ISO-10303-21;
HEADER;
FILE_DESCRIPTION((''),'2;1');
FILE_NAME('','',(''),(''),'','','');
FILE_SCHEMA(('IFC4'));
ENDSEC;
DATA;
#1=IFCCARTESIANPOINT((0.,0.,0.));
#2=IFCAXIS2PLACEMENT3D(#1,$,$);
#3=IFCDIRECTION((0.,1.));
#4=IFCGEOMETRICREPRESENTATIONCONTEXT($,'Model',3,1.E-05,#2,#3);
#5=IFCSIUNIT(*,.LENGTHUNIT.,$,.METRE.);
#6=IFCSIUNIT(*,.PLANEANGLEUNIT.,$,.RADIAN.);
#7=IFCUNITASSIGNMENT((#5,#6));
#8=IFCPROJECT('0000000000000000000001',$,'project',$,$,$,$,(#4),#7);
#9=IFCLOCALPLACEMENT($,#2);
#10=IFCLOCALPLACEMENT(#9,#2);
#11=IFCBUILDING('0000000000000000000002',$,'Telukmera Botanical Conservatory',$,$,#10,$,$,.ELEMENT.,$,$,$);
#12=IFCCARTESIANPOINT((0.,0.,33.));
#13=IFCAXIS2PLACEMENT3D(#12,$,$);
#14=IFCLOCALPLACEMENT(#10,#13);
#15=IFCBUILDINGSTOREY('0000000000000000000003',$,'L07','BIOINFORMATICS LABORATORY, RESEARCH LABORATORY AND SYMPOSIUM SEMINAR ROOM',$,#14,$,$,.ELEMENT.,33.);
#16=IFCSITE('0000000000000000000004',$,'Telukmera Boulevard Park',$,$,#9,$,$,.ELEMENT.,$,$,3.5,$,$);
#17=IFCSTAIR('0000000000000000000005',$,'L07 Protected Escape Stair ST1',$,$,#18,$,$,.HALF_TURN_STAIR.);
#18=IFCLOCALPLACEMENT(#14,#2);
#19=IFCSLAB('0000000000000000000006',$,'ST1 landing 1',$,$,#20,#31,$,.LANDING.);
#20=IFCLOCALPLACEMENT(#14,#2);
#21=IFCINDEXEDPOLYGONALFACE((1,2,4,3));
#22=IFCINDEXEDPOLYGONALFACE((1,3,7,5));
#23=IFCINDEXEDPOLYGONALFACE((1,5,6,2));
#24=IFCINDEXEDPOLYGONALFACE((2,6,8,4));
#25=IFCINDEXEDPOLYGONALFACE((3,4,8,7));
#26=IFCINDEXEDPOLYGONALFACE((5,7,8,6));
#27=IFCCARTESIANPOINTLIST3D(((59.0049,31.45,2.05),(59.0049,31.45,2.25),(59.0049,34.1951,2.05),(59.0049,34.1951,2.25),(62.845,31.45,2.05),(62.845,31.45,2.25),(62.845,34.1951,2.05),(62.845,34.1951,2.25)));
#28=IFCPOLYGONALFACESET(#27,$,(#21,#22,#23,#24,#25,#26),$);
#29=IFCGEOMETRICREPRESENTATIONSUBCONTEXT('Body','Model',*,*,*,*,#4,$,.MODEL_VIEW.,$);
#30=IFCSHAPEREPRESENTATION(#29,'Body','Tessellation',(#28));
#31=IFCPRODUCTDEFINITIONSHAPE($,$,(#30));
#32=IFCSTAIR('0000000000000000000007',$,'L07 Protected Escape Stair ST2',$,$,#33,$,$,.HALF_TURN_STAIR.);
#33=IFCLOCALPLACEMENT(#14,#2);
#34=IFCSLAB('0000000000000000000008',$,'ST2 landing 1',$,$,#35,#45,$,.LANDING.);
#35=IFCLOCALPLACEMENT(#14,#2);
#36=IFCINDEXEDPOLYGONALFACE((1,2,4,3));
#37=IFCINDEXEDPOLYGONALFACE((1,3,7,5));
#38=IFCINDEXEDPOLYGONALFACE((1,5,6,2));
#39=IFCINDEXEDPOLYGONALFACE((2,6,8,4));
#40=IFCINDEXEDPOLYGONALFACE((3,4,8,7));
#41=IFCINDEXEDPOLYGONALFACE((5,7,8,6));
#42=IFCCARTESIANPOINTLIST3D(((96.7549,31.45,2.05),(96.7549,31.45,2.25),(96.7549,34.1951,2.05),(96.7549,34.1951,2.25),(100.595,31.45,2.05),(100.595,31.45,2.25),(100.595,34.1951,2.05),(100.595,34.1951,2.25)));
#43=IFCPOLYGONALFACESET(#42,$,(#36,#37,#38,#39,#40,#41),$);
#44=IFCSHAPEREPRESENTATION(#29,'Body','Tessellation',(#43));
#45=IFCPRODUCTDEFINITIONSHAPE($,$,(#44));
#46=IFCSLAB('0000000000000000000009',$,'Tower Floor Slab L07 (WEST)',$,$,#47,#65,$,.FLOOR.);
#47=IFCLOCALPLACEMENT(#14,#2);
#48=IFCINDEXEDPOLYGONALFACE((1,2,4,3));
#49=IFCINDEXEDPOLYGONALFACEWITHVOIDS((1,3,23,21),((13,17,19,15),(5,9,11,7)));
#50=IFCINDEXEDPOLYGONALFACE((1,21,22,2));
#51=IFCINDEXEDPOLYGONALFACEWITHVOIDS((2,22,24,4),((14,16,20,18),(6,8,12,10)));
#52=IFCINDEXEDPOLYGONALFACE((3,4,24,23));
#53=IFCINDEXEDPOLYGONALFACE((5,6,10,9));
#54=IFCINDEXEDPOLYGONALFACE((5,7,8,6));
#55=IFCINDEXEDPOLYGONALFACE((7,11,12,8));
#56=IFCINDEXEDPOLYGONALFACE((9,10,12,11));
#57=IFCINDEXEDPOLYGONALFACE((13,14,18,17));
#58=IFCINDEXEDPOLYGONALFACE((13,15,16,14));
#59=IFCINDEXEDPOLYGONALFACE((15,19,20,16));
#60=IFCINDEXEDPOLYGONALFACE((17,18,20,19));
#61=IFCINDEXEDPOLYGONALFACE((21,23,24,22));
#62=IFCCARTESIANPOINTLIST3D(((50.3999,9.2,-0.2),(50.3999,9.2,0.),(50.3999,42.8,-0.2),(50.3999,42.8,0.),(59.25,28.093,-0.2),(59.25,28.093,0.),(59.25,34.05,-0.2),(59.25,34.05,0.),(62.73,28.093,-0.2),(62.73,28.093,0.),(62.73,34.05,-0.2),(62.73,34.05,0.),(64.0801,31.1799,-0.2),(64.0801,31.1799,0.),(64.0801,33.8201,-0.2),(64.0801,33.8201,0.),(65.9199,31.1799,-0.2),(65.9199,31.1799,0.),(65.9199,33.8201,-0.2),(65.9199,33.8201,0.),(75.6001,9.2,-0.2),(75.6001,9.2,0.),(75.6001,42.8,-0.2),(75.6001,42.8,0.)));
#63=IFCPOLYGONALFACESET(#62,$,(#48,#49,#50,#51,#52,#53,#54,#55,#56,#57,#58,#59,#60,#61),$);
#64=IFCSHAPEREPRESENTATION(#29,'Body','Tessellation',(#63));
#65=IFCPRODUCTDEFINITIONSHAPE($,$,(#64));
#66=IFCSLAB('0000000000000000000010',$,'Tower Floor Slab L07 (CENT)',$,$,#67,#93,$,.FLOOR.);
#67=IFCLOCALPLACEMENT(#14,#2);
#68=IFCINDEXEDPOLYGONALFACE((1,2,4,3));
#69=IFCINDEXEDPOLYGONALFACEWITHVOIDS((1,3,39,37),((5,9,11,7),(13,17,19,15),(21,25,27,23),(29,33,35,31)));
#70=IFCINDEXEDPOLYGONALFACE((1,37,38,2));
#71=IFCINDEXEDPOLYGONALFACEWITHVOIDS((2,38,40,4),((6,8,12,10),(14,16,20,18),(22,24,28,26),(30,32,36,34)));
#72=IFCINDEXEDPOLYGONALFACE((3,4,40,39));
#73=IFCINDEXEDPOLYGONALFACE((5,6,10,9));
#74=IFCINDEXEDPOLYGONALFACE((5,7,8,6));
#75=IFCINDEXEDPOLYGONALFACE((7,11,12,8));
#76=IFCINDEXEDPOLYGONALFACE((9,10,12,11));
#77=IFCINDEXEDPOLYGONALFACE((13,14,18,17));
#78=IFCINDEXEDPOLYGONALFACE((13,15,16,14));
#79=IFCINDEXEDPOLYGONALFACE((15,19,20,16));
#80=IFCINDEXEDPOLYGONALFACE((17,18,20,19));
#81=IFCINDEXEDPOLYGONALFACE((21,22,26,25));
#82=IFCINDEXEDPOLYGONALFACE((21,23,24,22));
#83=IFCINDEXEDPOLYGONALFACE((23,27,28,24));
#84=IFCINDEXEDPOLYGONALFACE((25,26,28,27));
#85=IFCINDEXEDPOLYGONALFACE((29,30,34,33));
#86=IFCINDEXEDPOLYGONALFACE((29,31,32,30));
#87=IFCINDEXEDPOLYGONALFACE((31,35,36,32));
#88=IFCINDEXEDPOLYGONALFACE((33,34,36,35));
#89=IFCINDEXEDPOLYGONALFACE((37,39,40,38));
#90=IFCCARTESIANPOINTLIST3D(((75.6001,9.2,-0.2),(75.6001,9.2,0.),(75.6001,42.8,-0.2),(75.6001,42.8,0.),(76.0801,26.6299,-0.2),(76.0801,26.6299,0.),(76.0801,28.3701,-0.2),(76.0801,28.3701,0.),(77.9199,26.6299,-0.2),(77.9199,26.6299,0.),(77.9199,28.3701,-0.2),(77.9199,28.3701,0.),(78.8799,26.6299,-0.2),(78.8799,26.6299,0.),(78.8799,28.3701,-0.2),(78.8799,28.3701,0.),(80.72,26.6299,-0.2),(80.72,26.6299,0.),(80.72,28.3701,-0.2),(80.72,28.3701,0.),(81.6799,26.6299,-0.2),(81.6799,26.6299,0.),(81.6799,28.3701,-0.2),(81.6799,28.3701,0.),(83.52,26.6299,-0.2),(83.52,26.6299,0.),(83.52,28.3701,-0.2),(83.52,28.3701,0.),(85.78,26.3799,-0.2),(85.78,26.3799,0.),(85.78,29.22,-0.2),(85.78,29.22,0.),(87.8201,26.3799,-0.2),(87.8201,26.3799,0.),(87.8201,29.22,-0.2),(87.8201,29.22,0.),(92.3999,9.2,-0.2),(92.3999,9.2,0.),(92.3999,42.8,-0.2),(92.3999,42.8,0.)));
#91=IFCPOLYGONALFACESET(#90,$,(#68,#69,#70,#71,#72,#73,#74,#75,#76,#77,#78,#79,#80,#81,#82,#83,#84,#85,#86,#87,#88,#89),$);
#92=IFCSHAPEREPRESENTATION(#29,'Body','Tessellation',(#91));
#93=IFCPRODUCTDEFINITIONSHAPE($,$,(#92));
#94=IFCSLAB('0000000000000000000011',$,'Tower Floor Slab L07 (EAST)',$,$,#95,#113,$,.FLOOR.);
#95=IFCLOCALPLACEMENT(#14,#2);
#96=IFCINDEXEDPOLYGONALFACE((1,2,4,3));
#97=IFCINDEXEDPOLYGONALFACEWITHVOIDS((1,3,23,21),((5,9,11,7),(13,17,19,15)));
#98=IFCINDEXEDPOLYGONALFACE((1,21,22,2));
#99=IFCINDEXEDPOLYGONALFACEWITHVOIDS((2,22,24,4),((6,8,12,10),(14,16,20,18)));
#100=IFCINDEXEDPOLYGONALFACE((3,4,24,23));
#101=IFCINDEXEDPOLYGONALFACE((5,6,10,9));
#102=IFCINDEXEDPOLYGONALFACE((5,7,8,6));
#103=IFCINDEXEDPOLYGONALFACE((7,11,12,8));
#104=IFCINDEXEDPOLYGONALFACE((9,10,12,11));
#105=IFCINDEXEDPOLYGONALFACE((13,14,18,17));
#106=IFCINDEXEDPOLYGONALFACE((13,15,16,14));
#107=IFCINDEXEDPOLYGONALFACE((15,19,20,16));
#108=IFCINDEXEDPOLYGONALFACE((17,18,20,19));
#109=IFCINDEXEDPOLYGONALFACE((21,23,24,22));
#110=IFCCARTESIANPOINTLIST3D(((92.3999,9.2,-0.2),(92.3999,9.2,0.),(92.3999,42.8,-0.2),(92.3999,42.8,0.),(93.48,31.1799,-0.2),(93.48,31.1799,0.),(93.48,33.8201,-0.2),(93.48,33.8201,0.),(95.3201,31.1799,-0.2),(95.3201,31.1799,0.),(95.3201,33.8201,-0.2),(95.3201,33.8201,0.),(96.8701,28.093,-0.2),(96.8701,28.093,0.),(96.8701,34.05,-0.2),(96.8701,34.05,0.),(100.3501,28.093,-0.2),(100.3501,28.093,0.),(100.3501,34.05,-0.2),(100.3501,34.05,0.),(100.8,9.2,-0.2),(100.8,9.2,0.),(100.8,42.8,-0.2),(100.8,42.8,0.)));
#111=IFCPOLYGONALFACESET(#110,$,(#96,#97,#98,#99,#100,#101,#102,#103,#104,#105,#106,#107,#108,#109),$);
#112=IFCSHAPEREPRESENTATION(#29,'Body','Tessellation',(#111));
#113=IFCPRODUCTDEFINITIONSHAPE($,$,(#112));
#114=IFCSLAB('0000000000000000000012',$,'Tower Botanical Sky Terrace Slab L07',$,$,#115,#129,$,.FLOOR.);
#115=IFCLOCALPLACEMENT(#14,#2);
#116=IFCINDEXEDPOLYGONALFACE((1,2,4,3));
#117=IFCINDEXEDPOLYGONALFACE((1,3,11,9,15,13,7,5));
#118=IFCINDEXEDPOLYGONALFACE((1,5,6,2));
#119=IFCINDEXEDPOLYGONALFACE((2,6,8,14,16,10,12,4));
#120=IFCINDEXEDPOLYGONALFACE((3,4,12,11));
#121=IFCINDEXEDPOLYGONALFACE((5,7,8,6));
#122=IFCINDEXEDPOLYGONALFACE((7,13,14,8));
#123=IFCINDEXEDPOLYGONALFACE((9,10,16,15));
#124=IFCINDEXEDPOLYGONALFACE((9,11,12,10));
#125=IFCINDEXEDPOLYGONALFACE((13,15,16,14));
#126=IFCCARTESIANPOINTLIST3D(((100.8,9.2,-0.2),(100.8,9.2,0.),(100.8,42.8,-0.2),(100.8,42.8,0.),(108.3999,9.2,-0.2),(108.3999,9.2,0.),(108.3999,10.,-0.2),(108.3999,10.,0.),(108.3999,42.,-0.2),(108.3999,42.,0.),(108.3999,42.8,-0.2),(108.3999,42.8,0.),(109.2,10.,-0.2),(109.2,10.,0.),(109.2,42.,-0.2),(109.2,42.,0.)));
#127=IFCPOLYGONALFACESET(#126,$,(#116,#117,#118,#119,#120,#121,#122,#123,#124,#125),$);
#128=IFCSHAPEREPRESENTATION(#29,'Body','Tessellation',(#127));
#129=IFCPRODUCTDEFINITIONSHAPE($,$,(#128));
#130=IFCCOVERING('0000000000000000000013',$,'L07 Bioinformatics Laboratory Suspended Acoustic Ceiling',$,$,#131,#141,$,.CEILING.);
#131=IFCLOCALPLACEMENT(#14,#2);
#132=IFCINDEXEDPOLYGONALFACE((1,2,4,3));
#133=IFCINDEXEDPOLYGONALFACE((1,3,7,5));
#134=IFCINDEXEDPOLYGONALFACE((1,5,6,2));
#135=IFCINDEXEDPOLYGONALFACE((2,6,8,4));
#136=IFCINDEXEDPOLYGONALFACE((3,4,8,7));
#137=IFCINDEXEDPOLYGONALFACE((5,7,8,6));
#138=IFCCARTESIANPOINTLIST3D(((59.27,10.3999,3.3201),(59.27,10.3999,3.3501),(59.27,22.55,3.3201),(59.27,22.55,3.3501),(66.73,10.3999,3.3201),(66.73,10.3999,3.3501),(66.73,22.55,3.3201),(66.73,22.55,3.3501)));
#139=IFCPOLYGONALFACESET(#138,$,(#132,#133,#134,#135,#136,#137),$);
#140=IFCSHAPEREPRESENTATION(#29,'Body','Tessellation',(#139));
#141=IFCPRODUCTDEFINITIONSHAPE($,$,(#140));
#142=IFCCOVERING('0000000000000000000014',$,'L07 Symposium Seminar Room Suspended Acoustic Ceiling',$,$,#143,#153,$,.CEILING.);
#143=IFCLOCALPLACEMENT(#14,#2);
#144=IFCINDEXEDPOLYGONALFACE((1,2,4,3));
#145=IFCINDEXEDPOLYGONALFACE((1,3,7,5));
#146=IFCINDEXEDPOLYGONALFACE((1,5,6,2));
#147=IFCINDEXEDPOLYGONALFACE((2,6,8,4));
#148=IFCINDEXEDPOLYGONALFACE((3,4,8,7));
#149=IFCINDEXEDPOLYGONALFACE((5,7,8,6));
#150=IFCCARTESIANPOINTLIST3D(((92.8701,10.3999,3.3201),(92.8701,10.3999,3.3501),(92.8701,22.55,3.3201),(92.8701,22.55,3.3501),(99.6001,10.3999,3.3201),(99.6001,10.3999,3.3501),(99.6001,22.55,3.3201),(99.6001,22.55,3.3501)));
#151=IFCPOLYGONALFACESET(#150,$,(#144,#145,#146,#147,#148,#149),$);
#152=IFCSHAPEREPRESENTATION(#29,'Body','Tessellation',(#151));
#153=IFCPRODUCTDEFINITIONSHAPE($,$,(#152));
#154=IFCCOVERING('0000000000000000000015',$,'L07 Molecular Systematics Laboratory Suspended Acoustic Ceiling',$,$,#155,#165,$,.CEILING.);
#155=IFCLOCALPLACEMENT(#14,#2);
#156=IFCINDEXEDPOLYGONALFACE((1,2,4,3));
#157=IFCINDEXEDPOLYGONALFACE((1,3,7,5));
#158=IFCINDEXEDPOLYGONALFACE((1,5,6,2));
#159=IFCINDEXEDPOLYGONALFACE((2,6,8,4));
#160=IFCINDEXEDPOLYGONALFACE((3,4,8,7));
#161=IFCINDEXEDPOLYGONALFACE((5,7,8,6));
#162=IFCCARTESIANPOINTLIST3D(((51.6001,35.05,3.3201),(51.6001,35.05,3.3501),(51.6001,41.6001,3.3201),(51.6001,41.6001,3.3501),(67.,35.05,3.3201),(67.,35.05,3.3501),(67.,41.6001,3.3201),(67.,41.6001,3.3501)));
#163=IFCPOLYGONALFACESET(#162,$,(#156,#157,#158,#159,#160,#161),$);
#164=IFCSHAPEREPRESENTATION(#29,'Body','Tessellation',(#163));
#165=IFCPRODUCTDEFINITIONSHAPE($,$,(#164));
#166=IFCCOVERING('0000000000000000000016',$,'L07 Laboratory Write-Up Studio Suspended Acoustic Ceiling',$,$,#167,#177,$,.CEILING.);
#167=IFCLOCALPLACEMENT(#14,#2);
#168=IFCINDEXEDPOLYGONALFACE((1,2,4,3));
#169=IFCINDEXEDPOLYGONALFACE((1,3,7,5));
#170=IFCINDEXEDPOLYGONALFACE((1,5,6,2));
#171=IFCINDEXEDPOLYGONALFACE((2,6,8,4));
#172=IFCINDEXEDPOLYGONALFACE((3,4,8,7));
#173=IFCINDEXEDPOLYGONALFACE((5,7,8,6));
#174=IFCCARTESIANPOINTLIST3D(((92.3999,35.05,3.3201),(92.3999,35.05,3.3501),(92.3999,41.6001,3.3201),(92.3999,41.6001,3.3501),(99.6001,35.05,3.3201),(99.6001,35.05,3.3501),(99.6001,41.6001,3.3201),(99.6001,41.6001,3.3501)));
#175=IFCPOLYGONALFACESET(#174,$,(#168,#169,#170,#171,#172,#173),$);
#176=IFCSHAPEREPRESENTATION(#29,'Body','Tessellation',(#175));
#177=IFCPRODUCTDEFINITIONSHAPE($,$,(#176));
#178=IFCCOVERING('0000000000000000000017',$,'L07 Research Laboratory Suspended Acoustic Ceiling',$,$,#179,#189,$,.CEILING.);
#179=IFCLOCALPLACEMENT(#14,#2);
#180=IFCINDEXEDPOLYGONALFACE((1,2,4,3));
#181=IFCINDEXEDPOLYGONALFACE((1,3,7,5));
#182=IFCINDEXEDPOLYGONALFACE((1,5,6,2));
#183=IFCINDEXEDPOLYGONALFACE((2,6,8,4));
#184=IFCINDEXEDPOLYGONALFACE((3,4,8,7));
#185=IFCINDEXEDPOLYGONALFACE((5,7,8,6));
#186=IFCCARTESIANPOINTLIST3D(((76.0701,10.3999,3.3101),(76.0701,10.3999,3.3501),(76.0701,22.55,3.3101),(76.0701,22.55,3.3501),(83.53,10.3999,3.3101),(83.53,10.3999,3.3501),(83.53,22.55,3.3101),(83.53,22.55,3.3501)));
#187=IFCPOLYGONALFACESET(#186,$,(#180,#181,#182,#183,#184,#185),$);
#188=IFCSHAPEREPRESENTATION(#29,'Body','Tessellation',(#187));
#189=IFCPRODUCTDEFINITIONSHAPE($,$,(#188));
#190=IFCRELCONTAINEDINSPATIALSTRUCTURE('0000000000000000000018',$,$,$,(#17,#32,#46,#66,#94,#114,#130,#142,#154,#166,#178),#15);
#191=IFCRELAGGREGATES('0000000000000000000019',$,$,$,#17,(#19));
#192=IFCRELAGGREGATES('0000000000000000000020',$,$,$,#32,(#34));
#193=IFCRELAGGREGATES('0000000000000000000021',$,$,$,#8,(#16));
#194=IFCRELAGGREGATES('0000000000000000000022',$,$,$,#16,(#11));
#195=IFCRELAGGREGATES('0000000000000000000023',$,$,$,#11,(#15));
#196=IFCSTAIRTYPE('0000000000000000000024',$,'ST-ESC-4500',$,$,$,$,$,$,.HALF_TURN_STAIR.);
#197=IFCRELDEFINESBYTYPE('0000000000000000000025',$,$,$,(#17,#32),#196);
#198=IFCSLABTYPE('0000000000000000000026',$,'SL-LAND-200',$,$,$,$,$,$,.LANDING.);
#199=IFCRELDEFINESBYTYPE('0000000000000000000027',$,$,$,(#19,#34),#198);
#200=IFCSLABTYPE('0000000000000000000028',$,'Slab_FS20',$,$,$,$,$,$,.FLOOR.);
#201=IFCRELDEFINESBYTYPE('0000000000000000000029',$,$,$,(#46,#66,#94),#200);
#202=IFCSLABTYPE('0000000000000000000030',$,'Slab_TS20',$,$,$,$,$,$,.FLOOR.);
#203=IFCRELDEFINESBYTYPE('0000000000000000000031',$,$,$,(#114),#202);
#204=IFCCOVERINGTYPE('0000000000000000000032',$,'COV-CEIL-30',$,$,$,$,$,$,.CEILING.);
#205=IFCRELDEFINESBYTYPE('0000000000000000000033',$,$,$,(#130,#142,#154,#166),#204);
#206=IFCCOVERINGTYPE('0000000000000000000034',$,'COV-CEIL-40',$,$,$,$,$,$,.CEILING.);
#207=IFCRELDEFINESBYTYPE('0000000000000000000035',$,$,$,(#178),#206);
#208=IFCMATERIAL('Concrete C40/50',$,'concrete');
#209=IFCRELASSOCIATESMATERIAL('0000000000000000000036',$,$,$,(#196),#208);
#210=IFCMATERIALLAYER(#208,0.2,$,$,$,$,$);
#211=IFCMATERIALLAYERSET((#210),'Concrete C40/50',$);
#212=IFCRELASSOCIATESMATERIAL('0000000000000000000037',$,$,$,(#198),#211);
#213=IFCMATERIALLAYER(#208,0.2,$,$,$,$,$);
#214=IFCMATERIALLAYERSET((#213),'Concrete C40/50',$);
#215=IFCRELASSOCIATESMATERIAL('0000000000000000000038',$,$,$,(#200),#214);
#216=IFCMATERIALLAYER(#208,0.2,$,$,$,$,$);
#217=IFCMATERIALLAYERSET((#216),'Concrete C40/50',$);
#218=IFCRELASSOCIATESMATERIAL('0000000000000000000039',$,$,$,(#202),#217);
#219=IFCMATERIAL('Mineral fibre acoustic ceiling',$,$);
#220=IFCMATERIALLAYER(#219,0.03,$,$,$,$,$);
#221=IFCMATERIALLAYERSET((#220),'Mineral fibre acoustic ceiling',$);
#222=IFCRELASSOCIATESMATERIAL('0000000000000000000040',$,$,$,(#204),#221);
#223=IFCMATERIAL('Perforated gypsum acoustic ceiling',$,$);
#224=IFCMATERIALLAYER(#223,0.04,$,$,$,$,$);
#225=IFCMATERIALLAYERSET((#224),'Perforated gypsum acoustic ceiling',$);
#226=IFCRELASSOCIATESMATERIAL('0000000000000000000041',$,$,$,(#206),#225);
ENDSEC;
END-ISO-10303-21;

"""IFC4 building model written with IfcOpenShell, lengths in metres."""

from ifc_helpers import new_model, si_unit, direction, frame, origin, place, context, subcontext, project, spatial, polyline, outline, extrude, material, layer, layer_set, type_object, element, aggregate, save


model = new_model("IFC4")

# Units and contexts
model_context = context("Model", 3, precision=1e-05, world=origin(), true_north=direction((0.0, 1.0)))
body_context = subcontext(model_context, "Body", "Model", "MODEL_VIEW")
ifc_project = project(units=[si_unit("LENGTHUNIT", "METRE"), si_unit("PLANEANGLEUNIT", "RADIAN")], contexts=[model_context])

# Site, building, storey
site_placement = place(None, origin())
site = spatial("IfcSite", under=ifc_project, at=site_placement, Name="Telukmera Boulevard Park", CompositionType="ELEMENT", RefElevation=3.5)
building_placement = place(site_placement, origin())
building = spatial("IfcBuilding", under=site, at=building_placement, Name="Telukmera Botanical Conservatory", CompositionType="ELEMENT")
storey_placement = place(building_placement, frame((0.0, 0.0, 33.0)))
storey = spatial("IfcBuildingStorey", under=building, at=storey_placement, Name="L07", Description="BIOINFORMATICS LABORATORY, RESEARCH LABORATORY AND SYMPOSIUM SEMINAR ROOM", CompositionType="ELEMENT", Elevation=33.0)

# Stairs, slabs
ifc_material_1 = material(Name="Concrete C40/50", Category="concrete")
stair_type = type_object("IfcStairType", Name="ST-ESC-4500", PredefinedType="HALF_TURN_STAIR", material=ifc_material_1)
stair_1_placement = place(storey_placement, origin())
stair_1 = element("IfcStair", 1, at=stair_1_placement, inside=storey, type_object=stair_type, Name="L07 Protected Escape Stair ST1", PredefinedType="HALF_TURN_STAIR")
ifc_layer_1 = layer(ifc_material_1, 0.2)
ifc_layer_set_1 = layer_set([ifc_layer_1], Name="Concrete C40/50")
slab_type_1 = type_object("IfcSlabType", Name="SL-LAND-200", PredefinedType="LANDING", material=ifc_layer_set_1)
slab_1_placement = place(storey_placement, frame((0.0, 0.0, 2.05)))
slab_1 = element("IfcSlab", 2, at=slab_1_placement, type_object=slab_type_1, Name="ST1 landing 1", PredefinedType="LANDING", context=body_context, shape_type="SweptSolid", body=[
    extrude(outline(polyline([(59.0049, 31.45), (62.845, 31.45), (62.845, 34.1951), (59.0049, 34.1951), (59.0049, 31.45)])), origin(), (0.0, 0.0, 1.0), 0.2),
])
aggregate(stair_1, [slab_1])
stair_2_placement = place(storey_placement, origin())
stair_2 = element("IfcStair", 3, at=stair_2_placement, inside=storey, type_object=stair_type, Name="L07 Protected Escape Stair ST2", PredefinedType="HALF_TURN_STAIR")
slab_2_placement = place(storey_placement, frame((0.0, 0.0, 2.05)))
slab_2 = element("IfcSlab", 4, at=slab_2_placement, type_object=slab_type_1, Name="ST2 landing 1", PredefinedType="LANDING", context=body_context, shape_type="SweptSolid", body=[
    extrude(outline(polyline([(96.7549, 31.45), (100.595, 31.45), (100.595, 34.1951), (96.7549, 34.1951), (96.7549, 31.45)])), origin(), (0.0, 0.0, 1.0), 0.2),
])
aggregate(stair_2, [slab_2])

# Slabs
ifc_layer_2 = layer(ifc_material_1, 0.2)
ifc_layer_set_2 = layer_set([ifc_layer_2], Name="Concrete C40/50")
slab_type_2 = type_object("IfcSlabType", Name="Slab_FS20", PredefinedType="FLOOR", material=ifc_layer_set_2)
slab_3_placement = place(storey_placement, frame((0.0, 0.0, -0.2)))
element("IfcSlab", 5, at=slab_3_placement, inside=storey, type_object=slab_type_2, Name="Tower Floor Slab L07 (WEST)", PredefinedType="FLOOR", context=body_context, shape_type="SweptSolid", body=[
    extrude(outline(polyline([(50.3999, 9.2), (75.6001, 9.2), (75.6001, 42.8), (50.3999, 42.8), (50.3999, 9.2)]), holes=[polyline([(62.73, 28.093), (62.73, 34.05), (59.25, 34.05), (59.25, 28.093), (62.73, 28.093)]), polyline([(64.0801, 31.1799), (65.9199, 31.1799), (65.9199, 33.8201), (64.0801, 33.8201), (64.0801, 31.1799)])]), origin(), (0.0, 0.0, 1.0), 0.2),
])
slab_4_placement = place(storey_placement, frame((0.0, 0.0, -0.2)))
element("IfcSlab", 6, at=slab_4_placement, inside=storey, type_object=slab_type_2, Name="Tower Floor Slab L07 (CENT)", PredefinedType="FLOOR", context=body_context, shape_type="SweptSolid", body=[
    extrude(outline(polyline([(75.6001, 9.2), (92.3999, 9.2), (92.3999, 42.8), (75.6001, 42.8), (75.6001, 9.2)]), holes=[polyline([(85.78, 26.3799), (87.8201, 26.3799), (87.8201, 29.22), (85.78, 29.22), (85.78, 26.3799)]), polyline([(76.0801, 26.6299), (77.9199, 26.6299), (77.9199, 28.3701), (76.0801, 28.3701), (76.0801, 26.6299)]), polyline([(78.8799, 26.6299), (80.72, 26.6299), (80.72, 28.3701), (78.8799, 28.3701), (78.8799, 26.6299)]), polyline([(81.6799, 26.6299), (83.52, 26.6299), (83.52, 28.3701), (81.6799, 28.3701), (81.6799, 26.6299)])]), origin(), (0.0, 0.0, 1.0), 0.2),
])
slab_5_placement = place(storey_placement, frame((0.0, 0.0, -0.2)))
element("IfcSlab", 7, at=slab_5_placement, inside=storey, type_object=slab_type_2, Name="Tower Floor Slab L07 (EAST)", PredefinedType="FLOOR", context=body_context, shape_type="SweptSolid", body=[
    extrude(outline(polyline([(92.3999, 9.2), (100.8, 9.2), (100.8, 42.8), (92.3999, 42.8), (92.3999, 9.2)]), holes=[polyline([(100.3501, 28.093), (100.3501, 34.05), (96.8701, 34.05), (96.8701, 28.093), (100.3501, 28.093)]), polyline([(93.48, 31.1799), (95.3201, 31.1799), (95.3201, 33.8201), (93.48, 33.8201), (93.48, 31.1799)])]), origin(), (0.0, 0.0, 1.0), 0.2),
])
ifc_layer_3 = layer(ifc_material_1, 0.2)
ifc_layer_set_3 = layer_set([ifc_layer_3], Name="Concrete C40/50")
slab_type_3 = type_object("IfcSlabType", Name="Slab_TS20", PredefinedType="FLOOR", material=ifc_layer_set_3)
slab_6_placement = place(storey_placement, frame((0.0, 0.0, -0.2)))
element("IfcSlab", 8, at=slab_6_placement, inside=storey, type_object=slab_type_3, Name="Tower Botanical Sky Terrace Slab L07", PredefinedType="FLOOR", context=body_context, shape_type="SweptSolid", body=[
    extrude(outline(polyline([(100.8, 9.2), (108.3999, 9.2), (108.3999, 10.0), (109.2, 10.0), (109.2, 42.0), (108.3999, 42.0), (108.3999, 42.8), (100.8, 42.8), (100.8, 9.2)])), origin(), (0.0, 0.0, 1.0), 0.2),
])

# Coverings
ifc_material_2 = material(Name="Mineral fibre acoustic ceiling")
ifc_layer_4 = layer(ifc_material_2, 0.03)
ifc_layer_set_4 = layer_set([ifc_layer_4], Name="Mineral fibre acoustic ceiling")
covering_type_1 = type_object("IfcCoveringType", Name="COV-CEIL-30", PredefinedType="CEILING", material=ifc_layer_set_4)
covering_1_placement = place(storey_placement, frame((0.0, 0.0, 3.3201)))
element("IfcCovering", 9, at=covering_1_placement, inside=storey, type_object=covering_type_1, Name="L07 Bioinformatics Laboratory Suspended Acoustic Ceiling", PredefinedType="CEILING", context=body_context, shape_type="SweptSolid", body=[
    extrude(outline(polyline([(59.27, 10.3999), (66.73, 10.3999), (66.73, 22.55), (59.27, 22.55), (59.27, 10.3999)])), origin(), (0.0, 0.0, 1.0), 0.03),
])
covering_2_placement = place(storey_placement, frame((0.0, 0.0, 3.3201)))
element("IfcCovering", 10, at=covering_2_placement, inside=storey, type_object=covering_type_1, Name="L07 Symposium Seminar Room Suspended Acoustic Ceiling", PredefinedType="CEILING", context=body_context, shape_type="SweptSolid", body=[
    extrude(outline(polyline([(92.8701, 10.3999), (99.6001, 10.3999), (99.6001, 22.55), (92.8701, 22.55), (92.8701, 10.3999)])), origin(), (0.0, 0.0, 1.0), 0.03),
])
covering_3_placement = place(storey_placement, frame((0.0, 0.0, 3.3201)))
element("IfcCovering", 11, at=covering_3_placement, inside=storey, type_object=covering_type_1, Name="L07 Molecular Systematics Laboratory Suspended Acoustic Ceiling", PredefinedType="CEILING", context=body_context, shape_type="SweptSolid", body=[
    extrude(outline(polyline([(51.6001, 35.05), (67.0, 35.05), (67.0, 41.6001), (51.6001, 41.6001), (51.6001, 35.05)])), origin(), (0.0, 0.0, 1.0), 0.03),
])
covering_4_placement = place(storey_placement, frame((0.0, 0.0, 3.3201)))
element("IfcCovering", 12, at=covering_4_placement, inside=storey, type_object=covering_type_1, Name="L07 Laboratory Write-Up Studio Suspended Acoustic Ceiling", PredefinedType="CEILING", context=body_context, shape_type="SweptSolid", body=[
    extrude(outline(polyline([(92.3999, 35.05), (99.6001, 35.05), (99.6001, 41.6001), (92.3999, 41.6001), (92.3999, 35.05)])), origin(), (0.0, 0.0, 1.0), 0.03),
])
ifc_material_3 = material(Name="Perforated gypsum acoustic ceiling")
ifc_layer_5 = layer(ifc_material_3, 0.04)
ifc_layer_set_5 = layer_set([ifc_layer_5], Name="Perforated gypsum acoustic ceiling")
covering_type_2 = type_object("IfcCoveringType", Name="COV-CEIL-40", PredefinedType="CEILING", material=ifc_layer_set_5)
covering_5_placement = place(storey_placement, frame((0.0, 0.0, 3.3101)))
element("IfcCovering", 13, at=covering_5_placement, inside=storey, type_object=covering_type_2, Name="L07 Research Laboratory Suspended Acoustic Ceiling", PredefinedType="CEILING", context=body_context, shape_type="SweptSolid", body=[
    extrude(outline(polyline([(76.0701, 10.3999), (83.53, 10.3999), (83.53, 22.55), (76.0701, 22.55), (76.0701, 10.3999)])), origin(), (0.0, 0.0, 1.0), 0.04),
])

save(model, "model.ifc")
